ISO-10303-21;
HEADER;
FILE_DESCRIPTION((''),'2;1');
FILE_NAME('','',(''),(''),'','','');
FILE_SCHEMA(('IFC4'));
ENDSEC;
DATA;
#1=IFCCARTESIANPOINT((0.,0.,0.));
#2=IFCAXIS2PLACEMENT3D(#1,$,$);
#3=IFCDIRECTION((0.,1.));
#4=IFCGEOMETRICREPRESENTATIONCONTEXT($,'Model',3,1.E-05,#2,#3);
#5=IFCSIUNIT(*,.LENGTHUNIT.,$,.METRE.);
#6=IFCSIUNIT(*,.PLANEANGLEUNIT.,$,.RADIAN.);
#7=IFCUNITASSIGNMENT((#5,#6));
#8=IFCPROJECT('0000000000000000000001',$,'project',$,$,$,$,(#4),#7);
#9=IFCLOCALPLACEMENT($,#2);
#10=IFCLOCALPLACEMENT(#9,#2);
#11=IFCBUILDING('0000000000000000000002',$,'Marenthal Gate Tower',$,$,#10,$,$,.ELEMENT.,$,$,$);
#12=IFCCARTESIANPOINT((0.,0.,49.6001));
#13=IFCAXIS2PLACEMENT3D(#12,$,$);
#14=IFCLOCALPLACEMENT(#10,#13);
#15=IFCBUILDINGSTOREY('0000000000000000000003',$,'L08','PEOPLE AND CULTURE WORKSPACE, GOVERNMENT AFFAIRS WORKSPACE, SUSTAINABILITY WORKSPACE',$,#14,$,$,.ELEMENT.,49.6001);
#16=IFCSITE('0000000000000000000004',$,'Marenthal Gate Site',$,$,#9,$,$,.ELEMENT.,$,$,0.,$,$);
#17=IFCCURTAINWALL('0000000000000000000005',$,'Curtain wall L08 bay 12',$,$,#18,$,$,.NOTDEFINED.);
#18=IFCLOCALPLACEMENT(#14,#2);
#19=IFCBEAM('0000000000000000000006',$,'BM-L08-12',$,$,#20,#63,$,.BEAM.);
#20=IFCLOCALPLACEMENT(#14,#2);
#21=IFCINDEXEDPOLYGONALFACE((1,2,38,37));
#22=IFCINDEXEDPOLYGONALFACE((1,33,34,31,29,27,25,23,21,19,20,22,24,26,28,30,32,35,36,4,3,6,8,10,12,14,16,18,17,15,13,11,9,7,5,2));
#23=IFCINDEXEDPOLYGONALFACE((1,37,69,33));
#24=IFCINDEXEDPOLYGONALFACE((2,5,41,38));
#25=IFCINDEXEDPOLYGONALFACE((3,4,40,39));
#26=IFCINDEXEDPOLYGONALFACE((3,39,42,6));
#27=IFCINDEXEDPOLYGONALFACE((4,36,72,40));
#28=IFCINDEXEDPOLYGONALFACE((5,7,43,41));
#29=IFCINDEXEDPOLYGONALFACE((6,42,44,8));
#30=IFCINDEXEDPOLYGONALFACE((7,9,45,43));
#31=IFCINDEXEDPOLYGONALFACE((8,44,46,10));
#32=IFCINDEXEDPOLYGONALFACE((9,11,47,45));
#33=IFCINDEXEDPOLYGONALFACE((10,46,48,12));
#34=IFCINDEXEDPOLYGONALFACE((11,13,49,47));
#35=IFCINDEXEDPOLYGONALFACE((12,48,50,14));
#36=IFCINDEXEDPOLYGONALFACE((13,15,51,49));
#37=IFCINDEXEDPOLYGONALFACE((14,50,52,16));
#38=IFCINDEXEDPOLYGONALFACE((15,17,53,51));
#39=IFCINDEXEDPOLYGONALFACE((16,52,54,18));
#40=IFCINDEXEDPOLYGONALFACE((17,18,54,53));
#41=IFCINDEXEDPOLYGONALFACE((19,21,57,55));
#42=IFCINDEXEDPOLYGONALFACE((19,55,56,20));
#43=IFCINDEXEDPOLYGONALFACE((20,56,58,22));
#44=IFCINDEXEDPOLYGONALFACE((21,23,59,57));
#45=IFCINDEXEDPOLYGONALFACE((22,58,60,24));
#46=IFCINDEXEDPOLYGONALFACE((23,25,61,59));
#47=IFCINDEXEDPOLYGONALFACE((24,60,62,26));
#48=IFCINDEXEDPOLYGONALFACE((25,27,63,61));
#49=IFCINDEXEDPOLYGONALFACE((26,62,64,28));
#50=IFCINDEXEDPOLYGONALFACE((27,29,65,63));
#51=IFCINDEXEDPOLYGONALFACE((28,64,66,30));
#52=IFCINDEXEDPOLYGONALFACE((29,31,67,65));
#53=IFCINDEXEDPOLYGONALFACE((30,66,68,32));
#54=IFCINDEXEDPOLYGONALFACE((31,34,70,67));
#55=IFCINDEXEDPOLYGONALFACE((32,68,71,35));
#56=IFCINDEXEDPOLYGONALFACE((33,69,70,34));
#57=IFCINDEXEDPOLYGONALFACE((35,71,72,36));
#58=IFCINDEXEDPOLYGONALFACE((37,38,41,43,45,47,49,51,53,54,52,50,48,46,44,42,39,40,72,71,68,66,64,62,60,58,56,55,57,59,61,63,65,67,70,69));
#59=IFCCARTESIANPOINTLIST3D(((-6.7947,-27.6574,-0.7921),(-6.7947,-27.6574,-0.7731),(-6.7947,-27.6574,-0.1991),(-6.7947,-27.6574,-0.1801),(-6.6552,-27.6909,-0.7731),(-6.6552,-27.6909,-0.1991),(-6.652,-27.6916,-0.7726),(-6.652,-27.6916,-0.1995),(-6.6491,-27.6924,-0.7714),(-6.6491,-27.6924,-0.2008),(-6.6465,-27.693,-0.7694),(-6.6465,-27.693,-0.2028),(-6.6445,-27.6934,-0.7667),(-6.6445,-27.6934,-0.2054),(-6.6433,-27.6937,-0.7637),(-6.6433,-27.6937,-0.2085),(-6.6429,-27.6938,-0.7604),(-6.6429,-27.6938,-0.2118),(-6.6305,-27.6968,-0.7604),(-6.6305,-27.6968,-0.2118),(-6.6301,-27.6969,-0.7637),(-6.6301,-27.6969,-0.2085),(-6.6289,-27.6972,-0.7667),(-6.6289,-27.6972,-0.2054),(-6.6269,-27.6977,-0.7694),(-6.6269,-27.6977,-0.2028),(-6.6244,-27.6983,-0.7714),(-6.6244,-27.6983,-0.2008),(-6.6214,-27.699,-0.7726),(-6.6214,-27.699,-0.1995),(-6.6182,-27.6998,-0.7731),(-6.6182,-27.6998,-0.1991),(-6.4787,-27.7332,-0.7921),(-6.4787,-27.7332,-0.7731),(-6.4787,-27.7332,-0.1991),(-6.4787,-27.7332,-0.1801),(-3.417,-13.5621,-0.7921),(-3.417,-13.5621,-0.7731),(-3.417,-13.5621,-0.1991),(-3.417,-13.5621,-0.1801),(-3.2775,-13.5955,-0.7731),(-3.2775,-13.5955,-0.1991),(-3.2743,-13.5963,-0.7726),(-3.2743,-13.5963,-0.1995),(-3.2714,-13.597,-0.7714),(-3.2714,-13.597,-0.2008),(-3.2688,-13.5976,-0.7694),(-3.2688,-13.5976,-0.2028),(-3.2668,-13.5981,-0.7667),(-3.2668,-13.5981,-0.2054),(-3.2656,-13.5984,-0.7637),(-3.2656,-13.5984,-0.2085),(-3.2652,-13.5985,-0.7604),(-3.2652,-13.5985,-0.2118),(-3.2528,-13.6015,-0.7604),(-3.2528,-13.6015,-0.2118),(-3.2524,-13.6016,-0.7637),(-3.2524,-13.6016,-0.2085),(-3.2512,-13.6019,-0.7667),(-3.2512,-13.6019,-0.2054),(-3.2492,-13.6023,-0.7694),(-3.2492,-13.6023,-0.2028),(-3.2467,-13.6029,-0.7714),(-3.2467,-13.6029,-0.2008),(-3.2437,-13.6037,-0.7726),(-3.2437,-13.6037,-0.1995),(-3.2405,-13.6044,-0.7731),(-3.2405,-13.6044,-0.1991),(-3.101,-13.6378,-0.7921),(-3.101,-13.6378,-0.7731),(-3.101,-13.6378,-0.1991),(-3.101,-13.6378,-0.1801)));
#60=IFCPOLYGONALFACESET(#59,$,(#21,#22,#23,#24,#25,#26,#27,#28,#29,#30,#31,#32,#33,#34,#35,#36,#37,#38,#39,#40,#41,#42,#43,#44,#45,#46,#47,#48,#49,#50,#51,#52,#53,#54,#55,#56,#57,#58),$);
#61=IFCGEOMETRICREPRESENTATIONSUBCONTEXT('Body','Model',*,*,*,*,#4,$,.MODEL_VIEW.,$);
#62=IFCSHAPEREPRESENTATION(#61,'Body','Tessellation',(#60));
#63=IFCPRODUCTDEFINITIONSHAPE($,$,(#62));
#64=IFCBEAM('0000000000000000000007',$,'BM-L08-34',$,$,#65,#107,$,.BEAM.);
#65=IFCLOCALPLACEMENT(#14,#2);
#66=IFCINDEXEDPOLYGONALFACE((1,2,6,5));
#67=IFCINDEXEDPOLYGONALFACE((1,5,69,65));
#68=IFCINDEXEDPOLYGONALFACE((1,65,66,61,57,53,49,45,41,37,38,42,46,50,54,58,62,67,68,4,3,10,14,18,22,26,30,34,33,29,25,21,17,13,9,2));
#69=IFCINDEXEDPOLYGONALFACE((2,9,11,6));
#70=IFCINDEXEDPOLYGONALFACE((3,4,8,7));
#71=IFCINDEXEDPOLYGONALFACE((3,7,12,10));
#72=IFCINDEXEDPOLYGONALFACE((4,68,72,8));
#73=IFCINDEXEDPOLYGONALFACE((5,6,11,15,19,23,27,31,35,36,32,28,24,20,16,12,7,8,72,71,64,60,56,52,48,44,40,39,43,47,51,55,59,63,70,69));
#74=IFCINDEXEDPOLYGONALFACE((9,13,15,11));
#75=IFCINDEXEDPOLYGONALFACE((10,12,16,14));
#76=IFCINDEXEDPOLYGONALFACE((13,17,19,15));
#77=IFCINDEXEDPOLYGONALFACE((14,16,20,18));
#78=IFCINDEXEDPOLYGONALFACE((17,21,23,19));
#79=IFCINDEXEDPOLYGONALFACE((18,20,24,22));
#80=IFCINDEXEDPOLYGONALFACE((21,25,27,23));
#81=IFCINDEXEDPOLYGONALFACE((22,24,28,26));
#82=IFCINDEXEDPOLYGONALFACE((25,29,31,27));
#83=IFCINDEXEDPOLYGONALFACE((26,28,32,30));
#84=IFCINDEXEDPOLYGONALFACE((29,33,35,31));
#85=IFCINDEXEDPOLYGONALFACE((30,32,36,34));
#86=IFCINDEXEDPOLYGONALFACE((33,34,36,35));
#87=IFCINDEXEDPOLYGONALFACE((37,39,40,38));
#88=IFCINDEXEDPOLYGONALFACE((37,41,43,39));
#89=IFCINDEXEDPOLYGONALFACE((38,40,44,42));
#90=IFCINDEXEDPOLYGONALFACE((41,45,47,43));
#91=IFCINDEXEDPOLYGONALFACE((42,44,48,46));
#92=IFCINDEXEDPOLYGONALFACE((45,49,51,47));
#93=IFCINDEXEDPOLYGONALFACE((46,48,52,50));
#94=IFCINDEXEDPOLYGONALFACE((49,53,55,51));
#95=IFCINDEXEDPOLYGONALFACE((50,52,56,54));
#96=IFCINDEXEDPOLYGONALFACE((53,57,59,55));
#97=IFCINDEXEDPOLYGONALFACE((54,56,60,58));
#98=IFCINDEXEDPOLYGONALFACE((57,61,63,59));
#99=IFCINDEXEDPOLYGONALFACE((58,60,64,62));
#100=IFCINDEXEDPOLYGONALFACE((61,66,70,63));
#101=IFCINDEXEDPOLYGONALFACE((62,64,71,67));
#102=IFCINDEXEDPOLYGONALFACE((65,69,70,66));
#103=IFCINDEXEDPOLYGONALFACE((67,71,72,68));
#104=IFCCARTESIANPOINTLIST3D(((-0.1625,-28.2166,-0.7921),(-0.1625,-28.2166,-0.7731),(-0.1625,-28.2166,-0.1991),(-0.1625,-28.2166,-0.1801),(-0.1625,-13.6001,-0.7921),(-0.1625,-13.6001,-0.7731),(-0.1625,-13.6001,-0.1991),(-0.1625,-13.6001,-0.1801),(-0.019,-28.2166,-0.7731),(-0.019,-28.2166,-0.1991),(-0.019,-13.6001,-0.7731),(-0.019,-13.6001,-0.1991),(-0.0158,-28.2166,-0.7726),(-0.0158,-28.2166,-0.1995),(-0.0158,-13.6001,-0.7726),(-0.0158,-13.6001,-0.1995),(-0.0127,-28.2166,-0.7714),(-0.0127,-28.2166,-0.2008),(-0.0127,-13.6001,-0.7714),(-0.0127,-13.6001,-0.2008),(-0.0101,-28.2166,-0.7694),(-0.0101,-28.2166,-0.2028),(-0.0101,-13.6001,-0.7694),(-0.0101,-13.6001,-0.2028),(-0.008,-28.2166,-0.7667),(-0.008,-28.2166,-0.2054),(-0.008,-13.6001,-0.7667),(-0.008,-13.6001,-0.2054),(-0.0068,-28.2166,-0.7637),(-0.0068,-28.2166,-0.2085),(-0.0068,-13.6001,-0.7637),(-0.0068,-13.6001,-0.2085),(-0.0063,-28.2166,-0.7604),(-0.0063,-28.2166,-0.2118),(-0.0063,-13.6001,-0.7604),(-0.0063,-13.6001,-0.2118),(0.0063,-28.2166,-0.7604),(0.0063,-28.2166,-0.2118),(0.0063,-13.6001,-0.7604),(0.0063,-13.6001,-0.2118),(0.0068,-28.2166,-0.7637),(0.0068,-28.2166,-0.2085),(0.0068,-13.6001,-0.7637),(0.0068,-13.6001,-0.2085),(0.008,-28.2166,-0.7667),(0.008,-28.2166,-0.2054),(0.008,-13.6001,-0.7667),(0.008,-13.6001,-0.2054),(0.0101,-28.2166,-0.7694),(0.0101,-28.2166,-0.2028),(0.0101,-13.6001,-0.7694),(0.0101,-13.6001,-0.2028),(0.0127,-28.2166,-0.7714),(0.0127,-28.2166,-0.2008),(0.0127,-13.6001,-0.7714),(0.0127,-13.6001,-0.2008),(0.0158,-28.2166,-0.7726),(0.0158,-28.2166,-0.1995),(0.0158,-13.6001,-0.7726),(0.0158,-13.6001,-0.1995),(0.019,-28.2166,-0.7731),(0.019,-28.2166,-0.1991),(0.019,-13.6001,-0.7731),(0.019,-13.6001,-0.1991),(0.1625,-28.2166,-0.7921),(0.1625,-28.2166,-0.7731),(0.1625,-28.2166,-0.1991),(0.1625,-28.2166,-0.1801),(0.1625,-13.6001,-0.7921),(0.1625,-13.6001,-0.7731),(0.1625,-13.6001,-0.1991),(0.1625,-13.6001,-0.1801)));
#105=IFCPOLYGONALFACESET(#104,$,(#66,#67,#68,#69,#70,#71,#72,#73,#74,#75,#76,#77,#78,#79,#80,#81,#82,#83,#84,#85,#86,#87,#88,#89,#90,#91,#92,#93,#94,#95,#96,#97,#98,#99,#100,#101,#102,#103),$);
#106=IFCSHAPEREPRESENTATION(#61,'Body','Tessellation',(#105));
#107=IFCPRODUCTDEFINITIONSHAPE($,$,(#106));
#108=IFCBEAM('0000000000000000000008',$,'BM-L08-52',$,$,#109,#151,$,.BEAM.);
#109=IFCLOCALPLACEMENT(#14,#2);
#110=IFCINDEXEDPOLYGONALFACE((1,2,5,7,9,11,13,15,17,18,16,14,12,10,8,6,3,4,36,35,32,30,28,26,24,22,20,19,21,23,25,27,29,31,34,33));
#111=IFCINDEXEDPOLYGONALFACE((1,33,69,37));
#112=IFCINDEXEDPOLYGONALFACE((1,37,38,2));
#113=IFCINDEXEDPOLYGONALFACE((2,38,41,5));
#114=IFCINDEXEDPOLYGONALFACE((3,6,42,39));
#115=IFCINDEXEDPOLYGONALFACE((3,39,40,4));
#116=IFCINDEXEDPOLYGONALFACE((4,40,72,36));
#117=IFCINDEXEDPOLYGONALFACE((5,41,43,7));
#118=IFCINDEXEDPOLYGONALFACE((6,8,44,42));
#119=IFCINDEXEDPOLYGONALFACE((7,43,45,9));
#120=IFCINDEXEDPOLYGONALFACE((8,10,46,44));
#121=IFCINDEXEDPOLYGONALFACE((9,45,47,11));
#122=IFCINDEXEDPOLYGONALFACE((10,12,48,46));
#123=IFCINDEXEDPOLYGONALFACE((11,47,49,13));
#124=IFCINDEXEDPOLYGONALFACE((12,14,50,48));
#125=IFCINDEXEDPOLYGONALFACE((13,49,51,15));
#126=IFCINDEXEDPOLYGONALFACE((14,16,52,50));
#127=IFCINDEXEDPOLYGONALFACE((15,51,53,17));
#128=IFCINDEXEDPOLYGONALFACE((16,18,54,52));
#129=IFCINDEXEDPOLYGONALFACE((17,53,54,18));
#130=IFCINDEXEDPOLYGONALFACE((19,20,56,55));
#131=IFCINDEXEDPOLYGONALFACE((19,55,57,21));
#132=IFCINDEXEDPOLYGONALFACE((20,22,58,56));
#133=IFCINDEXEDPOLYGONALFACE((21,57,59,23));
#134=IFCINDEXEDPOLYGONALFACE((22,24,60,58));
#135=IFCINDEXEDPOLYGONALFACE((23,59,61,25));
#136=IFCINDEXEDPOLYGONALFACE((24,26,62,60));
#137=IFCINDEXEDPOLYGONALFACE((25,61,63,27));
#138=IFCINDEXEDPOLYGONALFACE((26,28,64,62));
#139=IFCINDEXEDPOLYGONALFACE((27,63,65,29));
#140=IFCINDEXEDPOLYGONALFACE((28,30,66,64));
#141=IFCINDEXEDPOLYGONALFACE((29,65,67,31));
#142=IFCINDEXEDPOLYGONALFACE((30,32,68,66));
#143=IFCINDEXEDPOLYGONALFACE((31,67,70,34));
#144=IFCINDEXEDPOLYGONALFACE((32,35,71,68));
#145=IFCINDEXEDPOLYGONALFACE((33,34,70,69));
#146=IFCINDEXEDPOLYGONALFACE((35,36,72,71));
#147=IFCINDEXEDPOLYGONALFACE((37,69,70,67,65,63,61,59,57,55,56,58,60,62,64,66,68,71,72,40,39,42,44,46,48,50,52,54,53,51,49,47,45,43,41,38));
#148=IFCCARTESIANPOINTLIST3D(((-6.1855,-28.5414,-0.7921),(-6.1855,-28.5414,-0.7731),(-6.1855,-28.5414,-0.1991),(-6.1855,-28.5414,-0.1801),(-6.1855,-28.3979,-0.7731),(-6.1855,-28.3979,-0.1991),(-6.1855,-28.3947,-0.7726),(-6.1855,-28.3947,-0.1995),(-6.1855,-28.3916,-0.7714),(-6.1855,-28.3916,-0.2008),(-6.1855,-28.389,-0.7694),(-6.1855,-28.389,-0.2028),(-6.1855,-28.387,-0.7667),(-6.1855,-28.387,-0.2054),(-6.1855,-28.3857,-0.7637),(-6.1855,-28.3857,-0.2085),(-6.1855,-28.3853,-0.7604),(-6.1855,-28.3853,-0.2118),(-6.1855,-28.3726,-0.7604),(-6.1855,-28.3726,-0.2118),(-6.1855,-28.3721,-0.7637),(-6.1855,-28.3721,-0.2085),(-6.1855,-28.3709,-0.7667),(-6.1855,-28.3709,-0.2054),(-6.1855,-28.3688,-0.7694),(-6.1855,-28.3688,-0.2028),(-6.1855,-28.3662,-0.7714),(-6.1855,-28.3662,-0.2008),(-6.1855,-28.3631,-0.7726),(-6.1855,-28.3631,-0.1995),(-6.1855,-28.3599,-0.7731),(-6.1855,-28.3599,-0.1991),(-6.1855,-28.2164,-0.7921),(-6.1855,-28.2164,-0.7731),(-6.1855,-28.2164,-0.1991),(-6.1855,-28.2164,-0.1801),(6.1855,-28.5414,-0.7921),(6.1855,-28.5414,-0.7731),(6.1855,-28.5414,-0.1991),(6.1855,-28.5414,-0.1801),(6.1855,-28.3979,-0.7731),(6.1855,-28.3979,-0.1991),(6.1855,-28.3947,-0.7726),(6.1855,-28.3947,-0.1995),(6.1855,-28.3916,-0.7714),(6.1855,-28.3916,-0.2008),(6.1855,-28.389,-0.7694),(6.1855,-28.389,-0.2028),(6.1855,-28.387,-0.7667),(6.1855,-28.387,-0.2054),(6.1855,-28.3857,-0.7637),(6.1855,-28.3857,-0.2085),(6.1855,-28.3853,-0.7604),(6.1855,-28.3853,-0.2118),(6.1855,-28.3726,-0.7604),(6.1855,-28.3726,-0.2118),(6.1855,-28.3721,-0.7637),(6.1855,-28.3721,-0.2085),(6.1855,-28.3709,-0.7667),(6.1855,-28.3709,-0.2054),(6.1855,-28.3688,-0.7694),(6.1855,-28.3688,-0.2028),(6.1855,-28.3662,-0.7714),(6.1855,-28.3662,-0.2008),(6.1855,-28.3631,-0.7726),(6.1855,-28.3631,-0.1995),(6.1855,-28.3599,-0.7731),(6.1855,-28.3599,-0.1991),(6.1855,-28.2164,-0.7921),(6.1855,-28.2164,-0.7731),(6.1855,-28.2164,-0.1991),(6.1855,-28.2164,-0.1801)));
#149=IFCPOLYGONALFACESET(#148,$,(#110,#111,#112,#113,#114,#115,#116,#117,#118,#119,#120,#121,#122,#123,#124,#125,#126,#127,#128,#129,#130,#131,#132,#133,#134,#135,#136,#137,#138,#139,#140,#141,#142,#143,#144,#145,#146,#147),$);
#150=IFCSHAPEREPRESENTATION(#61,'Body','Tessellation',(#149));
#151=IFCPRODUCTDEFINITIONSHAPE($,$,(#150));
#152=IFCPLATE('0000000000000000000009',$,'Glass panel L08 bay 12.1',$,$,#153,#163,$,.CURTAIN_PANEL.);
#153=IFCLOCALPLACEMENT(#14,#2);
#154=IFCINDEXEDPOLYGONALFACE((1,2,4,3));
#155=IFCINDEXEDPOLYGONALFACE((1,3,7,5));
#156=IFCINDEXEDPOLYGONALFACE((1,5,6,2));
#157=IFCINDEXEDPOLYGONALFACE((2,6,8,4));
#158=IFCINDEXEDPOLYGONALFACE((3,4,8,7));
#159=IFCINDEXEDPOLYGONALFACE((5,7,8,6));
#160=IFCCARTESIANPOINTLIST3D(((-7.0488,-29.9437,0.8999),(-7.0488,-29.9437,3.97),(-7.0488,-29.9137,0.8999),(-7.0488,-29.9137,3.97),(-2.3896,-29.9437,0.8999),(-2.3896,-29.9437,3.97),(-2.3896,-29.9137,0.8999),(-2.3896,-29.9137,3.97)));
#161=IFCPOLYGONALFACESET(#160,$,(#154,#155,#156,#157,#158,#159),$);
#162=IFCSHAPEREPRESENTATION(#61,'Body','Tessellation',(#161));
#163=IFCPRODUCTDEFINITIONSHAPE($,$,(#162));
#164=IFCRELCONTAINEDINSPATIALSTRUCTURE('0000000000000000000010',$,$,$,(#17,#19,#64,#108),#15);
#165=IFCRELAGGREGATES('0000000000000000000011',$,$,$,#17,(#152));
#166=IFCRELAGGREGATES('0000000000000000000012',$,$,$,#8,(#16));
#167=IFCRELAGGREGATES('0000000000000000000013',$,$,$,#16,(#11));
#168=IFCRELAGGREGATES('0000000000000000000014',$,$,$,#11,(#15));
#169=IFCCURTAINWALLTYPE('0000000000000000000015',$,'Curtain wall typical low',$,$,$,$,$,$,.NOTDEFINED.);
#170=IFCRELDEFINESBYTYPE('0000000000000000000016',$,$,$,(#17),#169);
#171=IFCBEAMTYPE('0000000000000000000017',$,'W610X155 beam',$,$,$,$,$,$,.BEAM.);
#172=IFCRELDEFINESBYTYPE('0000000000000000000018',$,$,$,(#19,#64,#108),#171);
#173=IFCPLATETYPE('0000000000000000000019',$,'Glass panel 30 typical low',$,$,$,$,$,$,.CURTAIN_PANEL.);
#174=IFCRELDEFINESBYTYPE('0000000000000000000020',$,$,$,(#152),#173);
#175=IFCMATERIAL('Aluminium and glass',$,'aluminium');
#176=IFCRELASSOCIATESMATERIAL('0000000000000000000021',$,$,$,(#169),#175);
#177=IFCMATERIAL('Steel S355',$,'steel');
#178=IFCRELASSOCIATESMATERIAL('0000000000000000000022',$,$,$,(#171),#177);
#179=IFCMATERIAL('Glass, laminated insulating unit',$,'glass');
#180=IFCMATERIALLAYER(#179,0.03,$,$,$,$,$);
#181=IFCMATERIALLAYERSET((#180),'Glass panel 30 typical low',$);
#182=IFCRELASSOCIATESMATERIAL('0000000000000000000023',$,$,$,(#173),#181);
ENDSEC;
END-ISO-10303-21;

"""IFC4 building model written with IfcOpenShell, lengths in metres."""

from ifc_helpers import new_model, si_unit, direction, frame, origin, origin_2d, place, context, subcontext, project, spatial, rectangle, i_section, extrude, material, layer, layer_set, material_profile, profile_set, type_object, element, aggregate, save


model = new_model("IFC4")

# Units and contexts
model_context = context("Model", 3, precision=1e-05, world=origin(), true_north=direction((0.0, 1.0)))
body_context = subcontext(model_context, "Body", "Model", "MODEL_VIEW")
ifc_project = project(units=[si_unit("LENGTHUNIT", "METRE"), si_unit("PLANEANGLEUNIT", "RADIAN")], contexts=[model_context])

# Site, building, storey
site_placement = place(None, origin())
site = spatial("IfcSite", under=ifc_project, at=site_placement, Name="Marenthal Gate Site", CompositionType="ELEMENT", RefElevation=0.0)
building_placement = place(site_placement, origin())
building = spatial("IfcBuilding", under=site, at=building_placement, Name="Marenthal Gate Tower", CompositionType="ELEMENT")
storey_placement = place(building_placement, frame((0.0, 0.0, 49.6001)))
storey = spatial("IfcBuildingStorey", under=building, at=storey_placement, Name="L08", Description="PEOPLE AND CULTURE WORKSPACE, GOVERNMENT AFFAIRS WORKSPACE, SUSTAINABILITY WORKSPACE", CompositionType="ELEMENT", Elevation=49.6001)

# Curtain wall
ifc_material_1 = material(Name="Aluminium and glass", Category="aluminium")
curtain_wall_type = type_object("IfcCurtainWallType", Name="Curtain wall typical low", PredefinedType="NOTDEFINED", material=ifc_material_1)
curtain_wall_placement = place(storey_placement, origin())
curtain_wall = element("IfcCurtainWall", 1, at=curtain_wall_placement, inside=storey, type_object=curtain_wall_type, Name="Curtain wall L08 bay 12", PredefinedType="NOTDEFINED")

# Beams
ifc_material_2 = material(Name="Steel S355", Category="steel")
ifc_material_profile_1 = material_profile(ifc_material_2, i_section(OverallWidth=0.325, OverallDepth=0.6121, WebThickness=0.0127, FlangeThickness=0.019, FilletRadius=0.0127, at=origin_2d()), Name="W610X155")
ifc_profile_set_1 = profile_set([ifc_material_profile_1], Name="Steel S355")
beam_type_1 = type_object("IfcBeamType", Name="W610X155 beam", PredefinedType="BEAM", material=ifc_profile_set_1)
beam_1_placement = place(storey_placement, frame((-6.6367, -27.6953, -0.4861), z_axis=(0.233036, 0.972468, 0.0), x_axis=(-0.972468, 0.233036, 0.0)))
element("IfcBeam", 2, at=beam_1_placement, inside=storey, type_object=beam_type_1, Name="BM-L08-12", PredefinedType="BEAM", context=body_context, shape_type="SweptSolid", body=[
    extrude(i_section(OverallWidth=0.325, OverallDepth=0.6121, WebThickness=0.0127, FlangeThickness=0.019, FilletRadius=0.0127, at=origin_2d()), origin(), (0.0, 0.0, 1.0), 14.4944),
])
beam_2_placement = place(storey_placement, frame((0.0, -28.2166, -0.4861), z_axis=(0.0, 1.0, 0.0), x_axis=(-1.0, 0.0, 0.0)))
element("IfcBeam", 3, at=beam_2_placement, inside=storey, type_object=beam_type_1, Name="BM-L08-34", PredefinedType="BEAM", context=body_context, shape_type="SweptSolid", body=[
    extrude(i_section(OverallWidth=0.325, OverallDepth=0.6121, WebThickness=0.0127, FlangeThickness=0.019, FilletRadius=0.0127, at=origin_2d()), origin(), (0.0, 0.0, 1.0), 14.6165),
])
beam_3_placement = place(storey_placement, frame((-6.1855, -28.3789, -0.4861), z_axis=(1.0, 0.0, 0.0), x_axis=(0.0, 1.0, 0.0)))
element("IfcBeam", 4, at=beam_3_placement, inside=storey, type_object=beam_type_1, Name="BM-L08-52", PredefinedType="BEAM", context=body_context, shape_type="SweptSolid", body=[
    extrude(i_section(OverallWidth=0.325, OverallDepth=0.6121, WebThickness=0.0127, FlangeThickness=0.019, FilletRadius=0.0127, at=origin_2d()), origin(), (0.0, 0.0, 1.0), 12.3711),
])

# Plate
ifc_material_3 = material(Name="Glass, laminated insulating unit", Category="glass")
ifc_layer_1 = layer(ifc_material_3, 0.03)
ifc_layer_set_1 = layer_set([ifc_layer_1], Name="Glass panel 30 typical low")
plate_type = type_object("IfcPlateType", Name="Glass panel 30 typical low", PredefinedType="CURTAIN_PANEL", material=ifc_layer_set_1)
plate_placement = place(storey_placement, frame((-4.7192, -29.9287, 0.8999), z_axis=(0.0, 0.0, 1.0), x_axis=(1.0, 0.0, 0.0)))
plate = element("IfcPlate", 5, at=plate_placement, type_object=plate_type, Name="Glass panel L08 bay 12.1", PredefinedType="CURTAIN_PANEL", context=body_context, shape_type="SweptSolid", body=[
    extrude(rectangle(XDim=4.6592, YDim=0.03, at=origin_2d()), origin(), (0.0, 0.0, 1.0), 3.0701),
])
aggregate(curtain_wall, [plate])

save(model, "model.ifc")
